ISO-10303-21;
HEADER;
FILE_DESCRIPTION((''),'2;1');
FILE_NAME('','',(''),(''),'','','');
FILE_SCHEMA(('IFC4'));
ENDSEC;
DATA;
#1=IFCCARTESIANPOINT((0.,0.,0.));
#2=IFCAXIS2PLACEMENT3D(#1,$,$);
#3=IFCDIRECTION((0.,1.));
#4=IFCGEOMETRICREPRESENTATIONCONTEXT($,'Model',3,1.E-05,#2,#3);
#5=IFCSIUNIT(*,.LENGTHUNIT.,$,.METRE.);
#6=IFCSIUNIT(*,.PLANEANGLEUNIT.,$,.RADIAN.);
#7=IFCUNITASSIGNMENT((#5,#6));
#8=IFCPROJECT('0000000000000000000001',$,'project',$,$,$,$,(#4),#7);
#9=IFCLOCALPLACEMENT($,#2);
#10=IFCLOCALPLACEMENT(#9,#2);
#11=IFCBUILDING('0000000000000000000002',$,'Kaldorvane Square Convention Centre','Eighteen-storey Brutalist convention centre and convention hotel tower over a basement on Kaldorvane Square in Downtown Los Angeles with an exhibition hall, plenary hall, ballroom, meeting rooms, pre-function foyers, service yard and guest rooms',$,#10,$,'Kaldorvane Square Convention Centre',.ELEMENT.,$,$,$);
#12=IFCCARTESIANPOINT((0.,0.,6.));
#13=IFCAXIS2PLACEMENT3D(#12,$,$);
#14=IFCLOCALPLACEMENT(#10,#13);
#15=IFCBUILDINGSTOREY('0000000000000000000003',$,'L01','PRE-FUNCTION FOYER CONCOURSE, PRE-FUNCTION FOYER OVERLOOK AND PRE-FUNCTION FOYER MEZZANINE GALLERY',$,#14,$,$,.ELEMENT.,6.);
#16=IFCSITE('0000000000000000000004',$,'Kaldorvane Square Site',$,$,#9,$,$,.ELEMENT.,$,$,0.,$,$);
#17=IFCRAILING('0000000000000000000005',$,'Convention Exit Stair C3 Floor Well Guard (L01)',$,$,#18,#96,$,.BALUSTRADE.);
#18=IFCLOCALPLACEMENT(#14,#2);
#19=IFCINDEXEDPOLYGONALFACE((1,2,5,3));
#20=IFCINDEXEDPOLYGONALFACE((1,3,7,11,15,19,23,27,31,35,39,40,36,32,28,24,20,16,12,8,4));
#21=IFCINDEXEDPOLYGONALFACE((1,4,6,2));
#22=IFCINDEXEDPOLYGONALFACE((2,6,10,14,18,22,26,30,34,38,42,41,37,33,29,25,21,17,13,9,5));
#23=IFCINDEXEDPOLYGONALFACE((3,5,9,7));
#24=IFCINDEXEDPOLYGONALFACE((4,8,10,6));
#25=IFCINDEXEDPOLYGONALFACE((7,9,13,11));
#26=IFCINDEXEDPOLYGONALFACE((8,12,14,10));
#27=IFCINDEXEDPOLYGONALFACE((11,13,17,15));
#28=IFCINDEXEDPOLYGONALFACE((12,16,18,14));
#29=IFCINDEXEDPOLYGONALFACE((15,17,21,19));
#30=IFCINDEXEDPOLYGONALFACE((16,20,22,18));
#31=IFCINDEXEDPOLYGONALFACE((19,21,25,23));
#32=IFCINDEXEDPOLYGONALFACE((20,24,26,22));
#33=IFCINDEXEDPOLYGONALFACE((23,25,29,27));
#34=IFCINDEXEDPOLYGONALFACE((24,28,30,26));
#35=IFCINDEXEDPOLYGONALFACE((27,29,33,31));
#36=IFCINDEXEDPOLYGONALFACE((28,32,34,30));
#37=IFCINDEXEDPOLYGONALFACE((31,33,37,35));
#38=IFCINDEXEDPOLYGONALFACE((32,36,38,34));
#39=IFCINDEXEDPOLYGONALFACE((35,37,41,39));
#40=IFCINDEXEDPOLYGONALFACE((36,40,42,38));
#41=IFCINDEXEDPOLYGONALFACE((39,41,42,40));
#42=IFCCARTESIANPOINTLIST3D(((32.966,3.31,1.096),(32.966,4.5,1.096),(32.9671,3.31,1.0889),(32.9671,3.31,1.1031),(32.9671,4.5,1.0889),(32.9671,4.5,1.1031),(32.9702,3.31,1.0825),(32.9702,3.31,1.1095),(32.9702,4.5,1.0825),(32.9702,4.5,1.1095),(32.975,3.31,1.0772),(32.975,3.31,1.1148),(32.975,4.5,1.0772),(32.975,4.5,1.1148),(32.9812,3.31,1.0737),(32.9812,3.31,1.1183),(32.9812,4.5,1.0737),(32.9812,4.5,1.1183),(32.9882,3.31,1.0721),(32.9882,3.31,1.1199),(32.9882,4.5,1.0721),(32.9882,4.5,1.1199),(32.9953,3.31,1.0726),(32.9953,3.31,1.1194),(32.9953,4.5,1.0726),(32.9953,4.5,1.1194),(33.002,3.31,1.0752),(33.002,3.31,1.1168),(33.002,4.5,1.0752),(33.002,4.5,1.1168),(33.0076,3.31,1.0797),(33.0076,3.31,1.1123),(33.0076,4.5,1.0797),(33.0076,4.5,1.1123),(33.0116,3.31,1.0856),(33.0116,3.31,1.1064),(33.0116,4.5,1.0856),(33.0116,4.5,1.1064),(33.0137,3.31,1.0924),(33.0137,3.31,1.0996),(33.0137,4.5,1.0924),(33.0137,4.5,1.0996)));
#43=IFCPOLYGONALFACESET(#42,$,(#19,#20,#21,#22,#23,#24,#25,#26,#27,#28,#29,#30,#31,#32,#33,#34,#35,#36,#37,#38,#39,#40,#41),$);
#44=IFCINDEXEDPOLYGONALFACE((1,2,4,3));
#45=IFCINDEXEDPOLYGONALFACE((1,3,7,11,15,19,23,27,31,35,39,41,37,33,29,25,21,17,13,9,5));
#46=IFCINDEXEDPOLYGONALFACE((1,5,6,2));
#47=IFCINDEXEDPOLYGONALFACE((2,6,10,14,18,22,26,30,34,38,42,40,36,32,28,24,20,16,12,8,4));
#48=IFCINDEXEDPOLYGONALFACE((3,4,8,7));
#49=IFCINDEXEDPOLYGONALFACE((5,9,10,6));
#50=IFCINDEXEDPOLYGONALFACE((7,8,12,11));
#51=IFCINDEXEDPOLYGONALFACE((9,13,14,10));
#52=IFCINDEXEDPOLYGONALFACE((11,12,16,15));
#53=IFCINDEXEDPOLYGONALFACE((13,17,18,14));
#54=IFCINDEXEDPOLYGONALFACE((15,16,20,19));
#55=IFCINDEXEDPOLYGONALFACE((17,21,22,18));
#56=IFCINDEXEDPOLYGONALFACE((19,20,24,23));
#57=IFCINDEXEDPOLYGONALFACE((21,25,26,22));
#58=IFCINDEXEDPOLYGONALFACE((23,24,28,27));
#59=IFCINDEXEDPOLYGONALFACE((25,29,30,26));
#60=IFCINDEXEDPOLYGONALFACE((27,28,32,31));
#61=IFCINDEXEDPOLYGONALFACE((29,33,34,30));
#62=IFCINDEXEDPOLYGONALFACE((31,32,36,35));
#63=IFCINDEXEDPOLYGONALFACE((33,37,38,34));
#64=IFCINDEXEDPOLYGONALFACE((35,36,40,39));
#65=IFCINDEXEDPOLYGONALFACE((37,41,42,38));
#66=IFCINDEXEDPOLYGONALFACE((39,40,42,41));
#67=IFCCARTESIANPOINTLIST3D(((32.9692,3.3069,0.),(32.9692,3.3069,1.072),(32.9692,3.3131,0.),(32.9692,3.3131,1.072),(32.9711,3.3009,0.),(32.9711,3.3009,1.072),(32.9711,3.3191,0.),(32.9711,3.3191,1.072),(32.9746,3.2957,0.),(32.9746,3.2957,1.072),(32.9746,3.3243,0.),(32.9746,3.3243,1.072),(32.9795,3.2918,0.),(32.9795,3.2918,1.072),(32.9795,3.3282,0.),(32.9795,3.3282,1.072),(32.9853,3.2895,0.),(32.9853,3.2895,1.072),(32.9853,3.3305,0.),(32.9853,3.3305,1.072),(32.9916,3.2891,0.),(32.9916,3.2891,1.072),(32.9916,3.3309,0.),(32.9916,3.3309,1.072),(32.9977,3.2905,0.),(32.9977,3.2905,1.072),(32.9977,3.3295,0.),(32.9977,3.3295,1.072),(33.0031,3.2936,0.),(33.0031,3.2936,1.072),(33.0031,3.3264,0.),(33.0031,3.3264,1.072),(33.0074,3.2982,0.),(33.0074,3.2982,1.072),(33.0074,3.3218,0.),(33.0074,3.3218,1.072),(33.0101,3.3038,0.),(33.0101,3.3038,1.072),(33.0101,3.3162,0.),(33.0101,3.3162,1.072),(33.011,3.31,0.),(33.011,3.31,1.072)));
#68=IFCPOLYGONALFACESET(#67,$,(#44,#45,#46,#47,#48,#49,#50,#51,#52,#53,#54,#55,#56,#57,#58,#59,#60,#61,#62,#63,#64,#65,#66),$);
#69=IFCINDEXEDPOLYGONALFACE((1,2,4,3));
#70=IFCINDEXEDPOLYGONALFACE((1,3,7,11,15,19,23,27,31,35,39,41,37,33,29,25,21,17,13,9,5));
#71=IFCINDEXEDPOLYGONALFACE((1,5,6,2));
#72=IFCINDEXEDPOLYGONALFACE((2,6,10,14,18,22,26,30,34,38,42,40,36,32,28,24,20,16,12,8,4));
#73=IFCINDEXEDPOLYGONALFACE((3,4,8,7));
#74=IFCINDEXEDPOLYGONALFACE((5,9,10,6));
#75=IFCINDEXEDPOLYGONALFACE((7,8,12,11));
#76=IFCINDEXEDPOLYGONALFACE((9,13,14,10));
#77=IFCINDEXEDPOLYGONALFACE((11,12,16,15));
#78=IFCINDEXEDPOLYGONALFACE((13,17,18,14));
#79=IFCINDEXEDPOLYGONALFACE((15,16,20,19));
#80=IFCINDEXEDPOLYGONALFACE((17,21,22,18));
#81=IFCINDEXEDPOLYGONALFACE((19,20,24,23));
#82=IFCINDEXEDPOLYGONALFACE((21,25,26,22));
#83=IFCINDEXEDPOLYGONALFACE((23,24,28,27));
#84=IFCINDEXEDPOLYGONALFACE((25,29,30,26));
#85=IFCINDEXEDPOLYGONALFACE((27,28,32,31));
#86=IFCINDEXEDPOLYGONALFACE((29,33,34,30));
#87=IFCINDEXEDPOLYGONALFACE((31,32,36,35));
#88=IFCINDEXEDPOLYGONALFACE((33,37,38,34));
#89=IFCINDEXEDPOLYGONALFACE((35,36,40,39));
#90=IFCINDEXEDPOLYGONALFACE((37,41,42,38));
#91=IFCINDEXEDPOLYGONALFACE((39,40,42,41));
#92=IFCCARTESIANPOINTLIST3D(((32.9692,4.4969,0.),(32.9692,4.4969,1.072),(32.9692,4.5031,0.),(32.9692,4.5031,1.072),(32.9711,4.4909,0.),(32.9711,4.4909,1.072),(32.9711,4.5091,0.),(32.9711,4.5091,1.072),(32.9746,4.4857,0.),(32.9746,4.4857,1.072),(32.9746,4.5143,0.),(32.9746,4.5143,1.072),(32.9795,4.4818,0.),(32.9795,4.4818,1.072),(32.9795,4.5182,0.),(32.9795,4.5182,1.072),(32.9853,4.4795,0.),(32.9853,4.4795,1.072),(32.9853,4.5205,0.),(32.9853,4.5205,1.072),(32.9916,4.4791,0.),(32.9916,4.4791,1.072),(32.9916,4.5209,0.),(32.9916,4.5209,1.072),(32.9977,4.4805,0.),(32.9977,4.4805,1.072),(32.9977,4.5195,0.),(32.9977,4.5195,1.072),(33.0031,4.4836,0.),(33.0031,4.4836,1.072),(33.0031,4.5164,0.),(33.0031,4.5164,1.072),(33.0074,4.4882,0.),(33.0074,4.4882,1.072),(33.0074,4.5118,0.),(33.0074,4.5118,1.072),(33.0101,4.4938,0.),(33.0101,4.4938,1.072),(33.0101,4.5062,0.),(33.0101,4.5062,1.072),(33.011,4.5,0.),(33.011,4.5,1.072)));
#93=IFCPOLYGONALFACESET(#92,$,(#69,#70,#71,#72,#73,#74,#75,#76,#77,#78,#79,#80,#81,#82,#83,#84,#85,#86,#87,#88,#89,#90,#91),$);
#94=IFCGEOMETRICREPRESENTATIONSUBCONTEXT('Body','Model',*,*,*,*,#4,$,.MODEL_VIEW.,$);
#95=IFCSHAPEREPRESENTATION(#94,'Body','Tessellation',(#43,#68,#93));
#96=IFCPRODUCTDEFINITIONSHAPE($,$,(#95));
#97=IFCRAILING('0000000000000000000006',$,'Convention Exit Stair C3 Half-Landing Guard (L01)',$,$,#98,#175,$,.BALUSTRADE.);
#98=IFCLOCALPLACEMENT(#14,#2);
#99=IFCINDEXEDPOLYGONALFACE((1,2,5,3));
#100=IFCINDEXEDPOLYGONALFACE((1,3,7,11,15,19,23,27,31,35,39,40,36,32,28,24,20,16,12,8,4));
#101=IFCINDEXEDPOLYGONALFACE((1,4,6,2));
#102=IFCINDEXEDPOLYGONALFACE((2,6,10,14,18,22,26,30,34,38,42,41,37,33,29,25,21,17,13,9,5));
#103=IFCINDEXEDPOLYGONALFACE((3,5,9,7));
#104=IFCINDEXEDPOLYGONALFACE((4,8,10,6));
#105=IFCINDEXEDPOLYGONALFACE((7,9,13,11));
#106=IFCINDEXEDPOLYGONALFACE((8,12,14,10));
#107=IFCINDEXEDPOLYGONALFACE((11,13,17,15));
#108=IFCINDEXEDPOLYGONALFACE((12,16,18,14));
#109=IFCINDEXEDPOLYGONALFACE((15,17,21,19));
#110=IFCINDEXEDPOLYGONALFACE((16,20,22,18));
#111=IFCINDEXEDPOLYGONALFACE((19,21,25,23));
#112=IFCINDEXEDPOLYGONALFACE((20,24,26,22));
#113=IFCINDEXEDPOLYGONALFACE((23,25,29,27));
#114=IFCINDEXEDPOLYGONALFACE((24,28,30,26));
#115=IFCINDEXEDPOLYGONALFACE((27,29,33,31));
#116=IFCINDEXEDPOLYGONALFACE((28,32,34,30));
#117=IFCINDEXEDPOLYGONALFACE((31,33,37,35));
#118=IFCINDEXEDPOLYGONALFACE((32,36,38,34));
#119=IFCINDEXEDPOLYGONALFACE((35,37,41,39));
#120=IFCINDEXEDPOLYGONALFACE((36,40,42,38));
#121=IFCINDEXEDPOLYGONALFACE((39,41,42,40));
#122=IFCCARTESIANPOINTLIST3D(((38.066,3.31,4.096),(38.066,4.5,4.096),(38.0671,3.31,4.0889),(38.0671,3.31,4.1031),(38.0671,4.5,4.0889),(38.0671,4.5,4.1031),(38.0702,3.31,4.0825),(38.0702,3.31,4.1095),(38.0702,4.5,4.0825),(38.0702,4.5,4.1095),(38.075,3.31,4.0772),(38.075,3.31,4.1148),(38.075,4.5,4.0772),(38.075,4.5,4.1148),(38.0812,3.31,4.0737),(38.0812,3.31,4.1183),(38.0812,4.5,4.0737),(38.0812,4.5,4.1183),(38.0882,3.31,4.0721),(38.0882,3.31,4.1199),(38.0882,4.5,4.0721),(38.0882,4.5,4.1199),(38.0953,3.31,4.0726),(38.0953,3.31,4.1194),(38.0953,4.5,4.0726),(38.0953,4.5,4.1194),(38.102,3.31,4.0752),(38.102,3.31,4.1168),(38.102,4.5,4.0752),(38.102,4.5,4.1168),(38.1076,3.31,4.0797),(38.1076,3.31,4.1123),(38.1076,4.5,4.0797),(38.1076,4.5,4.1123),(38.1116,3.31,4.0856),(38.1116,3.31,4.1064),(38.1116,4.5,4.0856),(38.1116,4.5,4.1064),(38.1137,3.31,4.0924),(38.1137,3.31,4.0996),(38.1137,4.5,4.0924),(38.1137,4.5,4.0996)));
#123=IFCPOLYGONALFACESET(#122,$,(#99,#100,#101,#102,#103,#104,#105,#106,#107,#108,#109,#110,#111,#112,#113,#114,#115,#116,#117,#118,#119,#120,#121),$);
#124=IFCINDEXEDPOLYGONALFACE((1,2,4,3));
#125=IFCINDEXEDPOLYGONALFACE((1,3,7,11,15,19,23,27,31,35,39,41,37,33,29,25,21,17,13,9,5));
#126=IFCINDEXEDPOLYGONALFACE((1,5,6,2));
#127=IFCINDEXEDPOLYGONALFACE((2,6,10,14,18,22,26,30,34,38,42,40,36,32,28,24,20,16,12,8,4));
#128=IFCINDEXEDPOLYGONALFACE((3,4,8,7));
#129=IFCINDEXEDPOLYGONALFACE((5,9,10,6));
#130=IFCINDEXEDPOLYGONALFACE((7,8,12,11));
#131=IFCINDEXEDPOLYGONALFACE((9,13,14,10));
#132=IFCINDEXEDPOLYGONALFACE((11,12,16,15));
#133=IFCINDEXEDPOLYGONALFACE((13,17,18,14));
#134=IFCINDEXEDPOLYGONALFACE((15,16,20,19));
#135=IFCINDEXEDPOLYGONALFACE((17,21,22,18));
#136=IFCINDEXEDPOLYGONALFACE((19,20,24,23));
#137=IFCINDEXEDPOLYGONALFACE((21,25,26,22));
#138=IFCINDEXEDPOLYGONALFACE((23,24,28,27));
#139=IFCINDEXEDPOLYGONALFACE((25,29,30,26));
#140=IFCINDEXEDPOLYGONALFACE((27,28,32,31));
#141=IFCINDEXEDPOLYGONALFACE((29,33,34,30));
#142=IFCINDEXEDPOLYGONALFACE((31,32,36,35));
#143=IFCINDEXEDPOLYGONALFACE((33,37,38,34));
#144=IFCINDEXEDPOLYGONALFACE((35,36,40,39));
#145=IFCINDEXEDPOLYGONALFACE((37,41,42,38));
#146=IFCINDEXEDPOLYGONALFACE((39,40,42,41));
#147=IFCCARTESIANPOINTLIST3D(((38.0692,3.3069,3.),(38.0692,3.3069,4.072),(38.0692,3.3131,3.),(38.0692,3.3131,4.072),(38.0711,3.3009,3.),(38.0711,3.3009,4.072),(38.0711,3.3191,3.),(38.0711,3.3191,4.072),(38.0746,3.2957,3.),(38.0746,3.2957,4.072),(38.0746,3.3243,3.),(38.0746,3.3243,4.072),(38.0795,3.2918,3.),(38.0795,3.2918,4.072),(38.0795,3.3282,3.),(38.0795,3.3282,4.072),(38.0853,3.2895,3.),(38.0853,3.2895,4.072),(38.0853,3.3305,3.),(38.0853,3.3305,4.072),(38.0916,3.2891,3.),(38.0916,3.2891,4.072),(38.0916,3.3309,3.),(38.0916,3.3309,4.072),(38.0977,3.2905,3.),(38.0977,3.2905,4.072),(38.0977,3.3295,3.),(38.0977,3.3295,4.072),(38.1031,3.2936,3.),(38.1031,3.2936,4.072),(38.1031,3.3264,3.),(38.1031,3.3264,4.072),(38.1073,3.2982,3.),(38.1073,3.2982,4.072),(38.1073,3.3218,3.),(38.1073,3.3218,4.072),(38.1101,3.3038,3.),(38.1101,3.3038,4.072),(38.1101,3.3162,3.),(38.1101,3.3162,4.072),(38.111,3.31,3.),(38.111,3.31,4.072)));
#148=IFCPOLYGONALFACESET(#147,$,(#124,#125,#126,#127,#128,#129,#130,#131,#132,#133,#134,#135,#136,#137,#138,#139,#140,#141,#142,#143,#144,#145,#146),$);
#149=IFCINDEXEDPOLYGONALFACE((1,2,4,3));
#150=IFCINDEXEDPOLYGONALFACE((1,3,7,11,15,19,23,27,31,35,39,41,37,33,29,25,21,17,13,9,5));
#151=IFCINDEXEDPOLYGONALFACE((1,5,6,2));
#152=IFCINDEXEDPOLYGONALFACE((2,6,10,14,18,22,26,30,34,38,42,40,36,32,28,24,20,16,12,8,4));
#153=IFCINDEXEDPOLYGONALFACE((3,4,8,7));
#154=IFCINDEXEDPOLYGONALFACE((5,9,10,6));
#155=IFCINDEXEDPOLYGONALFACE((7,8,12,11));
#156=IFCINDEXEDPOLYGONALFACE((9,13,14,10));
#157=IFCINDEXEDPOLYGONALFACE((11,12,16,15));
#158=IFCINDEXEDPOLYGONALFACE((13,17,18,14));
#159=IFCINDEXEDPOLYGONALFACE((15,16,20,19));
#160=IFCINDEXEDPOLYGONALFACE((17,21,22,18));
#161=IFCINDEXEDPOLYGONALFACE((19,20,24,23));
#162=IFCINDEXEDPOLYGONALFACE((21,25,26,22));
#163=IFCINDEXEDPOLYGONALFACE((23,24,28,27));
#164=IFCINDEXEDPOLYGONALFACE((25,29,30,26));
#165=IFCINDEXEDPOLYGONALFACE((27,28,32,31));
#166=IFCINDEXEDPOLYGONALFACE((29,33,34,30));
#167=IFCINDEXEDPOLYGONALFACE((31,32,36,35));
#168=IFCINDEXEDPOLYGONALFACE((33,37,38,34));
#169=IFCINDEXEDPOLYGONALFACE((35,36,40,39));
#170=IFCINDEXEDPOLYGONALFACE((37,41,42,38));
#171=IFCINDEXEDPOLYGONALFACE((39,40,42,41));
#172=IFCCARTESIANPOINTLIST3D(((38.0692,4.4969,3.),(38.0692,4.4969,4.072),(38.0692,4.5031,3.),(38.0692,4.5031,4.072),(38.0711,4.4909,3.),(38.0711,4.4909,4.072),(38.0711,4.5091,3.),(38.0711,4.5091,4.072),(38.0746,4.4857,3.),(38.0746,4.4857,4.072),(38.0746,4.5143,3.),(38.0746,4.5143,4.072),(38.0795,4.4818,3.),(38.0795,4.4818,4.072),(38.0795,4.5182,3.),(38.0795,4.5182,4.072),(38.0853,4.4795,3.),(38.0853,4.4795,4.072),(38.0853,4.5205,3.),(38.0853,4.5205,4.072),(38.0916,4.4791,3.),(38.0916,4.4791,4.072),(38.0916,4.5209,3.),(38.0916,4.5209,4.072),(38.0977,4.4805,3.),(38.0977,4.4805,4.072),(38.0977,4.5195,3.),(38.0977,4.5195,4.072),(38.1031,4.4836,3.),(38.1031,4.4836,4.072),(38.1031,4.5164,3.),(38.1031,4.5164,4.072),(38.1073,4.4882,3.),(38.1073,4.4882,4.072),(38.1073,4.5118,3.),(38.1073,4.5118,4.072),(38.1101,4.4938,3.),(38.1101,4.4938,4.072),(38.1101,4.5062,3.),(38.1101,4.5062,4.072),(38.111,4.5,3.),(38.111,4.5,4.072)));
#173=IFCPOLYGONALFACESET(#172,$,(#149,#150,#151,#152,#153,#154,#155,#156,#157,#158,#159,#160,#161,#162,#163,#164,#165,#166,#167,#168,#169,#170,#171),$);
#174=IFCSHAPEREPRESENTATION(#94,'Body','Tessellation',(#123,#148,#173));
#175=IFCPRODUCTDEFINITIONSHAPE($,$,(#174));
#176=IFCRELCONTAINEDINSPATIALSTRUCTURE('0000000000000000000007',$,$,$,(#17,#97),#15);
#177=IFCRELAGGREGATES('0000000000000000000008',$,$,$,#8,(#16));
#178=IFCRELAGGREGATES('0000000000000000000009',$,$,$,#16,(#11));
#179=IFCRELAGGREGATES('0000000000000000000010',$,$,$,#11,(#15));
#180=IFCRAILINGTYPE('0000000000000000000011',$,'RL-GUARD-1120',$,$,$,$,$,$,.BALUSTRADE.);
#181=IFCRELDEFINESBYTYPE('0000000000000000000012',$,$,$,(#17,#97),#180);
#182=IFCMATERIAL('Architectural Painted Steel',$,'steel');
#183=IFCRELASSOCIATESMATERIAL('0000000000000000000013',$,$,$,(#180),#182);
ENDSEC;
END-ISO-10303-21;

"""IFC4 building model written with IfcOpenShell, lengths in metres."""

from ifc_helpers import new_model, si_unit, direction, frame, origin, origin_2d, place, context, subcontext, project, spatial, circle, extrude, material, type_object, element, save


model = new_model("IFC4")

# Units and contexts
model_context = context("Model", 3, precision=1e-05, world=origin(), true_north=direction((0.0, 1.0)))
body_context = subcontext(model_context, "Body", "Model", "MODEL_VIEW")
ifc_project = project(units=[si_unit("LENGTHUNIT", "METRE"), si_unit("PLANEANGLEUNIT", "RADIAN")], contexts=[model_context])

# Site, building, storey
site_placement = place(None, origin())
site = spatial("IfcSite", under=ifc_project, at=site_placement, Name="Kaldorvane Square Site", CompositionType="ELEMENT", RefElevation=0.0)
building_placement = place(site_placement, origin())
building = spatial("IfcBuilding", under=site, at=building_placement, Name="Kaldorvane Square Convention Centre", Description="Eighteen-storey Brutalist convention centre and convention hotel tower over a basement on Kaldorvane Square in Downtown Los Angeles with an exhibition hall, plenary hall, ballroom, meeting rooms, pre-function foyers, service yard and guest rooms", LongName="Kaldorvane Square Convention Centre", CompositionType="ELEMENT")
storey_placement = place(building_placement, frame((0.0, 0.0, 6.0)))
storey = spatial("IfcBuildingStorey", under=building, at=storey_placement, Name="L01", Description="PRE-FUNCTION FOYER CONCOURSE, PRE-FUNCTION FOYER OVERLOOK AND PRE-FUNCTION FOYER MEZZANINE GALLERY", CompositionType="ELEMENT", Elevation=6.0)

# Railings
ifc_material_1 = material(Name="Architectural Painted Steel", Category="steel")
railing_type_1 = type_object("IfcRailingType", Name="RL-GUARD-1120", PredefinedType="BALUSTRADE", material=ifc_material_1)
for number, where, name in (
    (1, (32.99, 3.31, 0.0), "Convention Exit Stair C3 Floor Well Guard (L01)"),
    (2, (38.09, 3.31, 3.0), "Convention Exit Stair C3 Half-Landing Guard (L01)"),
):
    element("IfcRailing", number, at=place(storey_placement, frame(where)), inside=storey, type_object=railing_type_1, Name=name, PredefinedType="BALUSTRADE", context=body_context, shape_type="SweptSolid", body=[
        extrude(circle(Radius=0.024, at=origin_2d()), frame((0.0, 0.0, 1.096), z_axis=(0.0, 1.0, 0.0), x_axis=(-1.0, 0.0, 0.0)), (0.0, 0.0, 1.0), 1.19),
        extrude(circle(Radius=0.021, at=origin_2d()), origin(), (0.0, 0.0, 1.0), 1.072),
        extrude(circle(Radius=0.021, at=origin_2d()), frame((0.0, 1.19, 0.0)), (0.0, 0.0, 1.0), 1.072),
    ])

save(model, "model.ifc")
